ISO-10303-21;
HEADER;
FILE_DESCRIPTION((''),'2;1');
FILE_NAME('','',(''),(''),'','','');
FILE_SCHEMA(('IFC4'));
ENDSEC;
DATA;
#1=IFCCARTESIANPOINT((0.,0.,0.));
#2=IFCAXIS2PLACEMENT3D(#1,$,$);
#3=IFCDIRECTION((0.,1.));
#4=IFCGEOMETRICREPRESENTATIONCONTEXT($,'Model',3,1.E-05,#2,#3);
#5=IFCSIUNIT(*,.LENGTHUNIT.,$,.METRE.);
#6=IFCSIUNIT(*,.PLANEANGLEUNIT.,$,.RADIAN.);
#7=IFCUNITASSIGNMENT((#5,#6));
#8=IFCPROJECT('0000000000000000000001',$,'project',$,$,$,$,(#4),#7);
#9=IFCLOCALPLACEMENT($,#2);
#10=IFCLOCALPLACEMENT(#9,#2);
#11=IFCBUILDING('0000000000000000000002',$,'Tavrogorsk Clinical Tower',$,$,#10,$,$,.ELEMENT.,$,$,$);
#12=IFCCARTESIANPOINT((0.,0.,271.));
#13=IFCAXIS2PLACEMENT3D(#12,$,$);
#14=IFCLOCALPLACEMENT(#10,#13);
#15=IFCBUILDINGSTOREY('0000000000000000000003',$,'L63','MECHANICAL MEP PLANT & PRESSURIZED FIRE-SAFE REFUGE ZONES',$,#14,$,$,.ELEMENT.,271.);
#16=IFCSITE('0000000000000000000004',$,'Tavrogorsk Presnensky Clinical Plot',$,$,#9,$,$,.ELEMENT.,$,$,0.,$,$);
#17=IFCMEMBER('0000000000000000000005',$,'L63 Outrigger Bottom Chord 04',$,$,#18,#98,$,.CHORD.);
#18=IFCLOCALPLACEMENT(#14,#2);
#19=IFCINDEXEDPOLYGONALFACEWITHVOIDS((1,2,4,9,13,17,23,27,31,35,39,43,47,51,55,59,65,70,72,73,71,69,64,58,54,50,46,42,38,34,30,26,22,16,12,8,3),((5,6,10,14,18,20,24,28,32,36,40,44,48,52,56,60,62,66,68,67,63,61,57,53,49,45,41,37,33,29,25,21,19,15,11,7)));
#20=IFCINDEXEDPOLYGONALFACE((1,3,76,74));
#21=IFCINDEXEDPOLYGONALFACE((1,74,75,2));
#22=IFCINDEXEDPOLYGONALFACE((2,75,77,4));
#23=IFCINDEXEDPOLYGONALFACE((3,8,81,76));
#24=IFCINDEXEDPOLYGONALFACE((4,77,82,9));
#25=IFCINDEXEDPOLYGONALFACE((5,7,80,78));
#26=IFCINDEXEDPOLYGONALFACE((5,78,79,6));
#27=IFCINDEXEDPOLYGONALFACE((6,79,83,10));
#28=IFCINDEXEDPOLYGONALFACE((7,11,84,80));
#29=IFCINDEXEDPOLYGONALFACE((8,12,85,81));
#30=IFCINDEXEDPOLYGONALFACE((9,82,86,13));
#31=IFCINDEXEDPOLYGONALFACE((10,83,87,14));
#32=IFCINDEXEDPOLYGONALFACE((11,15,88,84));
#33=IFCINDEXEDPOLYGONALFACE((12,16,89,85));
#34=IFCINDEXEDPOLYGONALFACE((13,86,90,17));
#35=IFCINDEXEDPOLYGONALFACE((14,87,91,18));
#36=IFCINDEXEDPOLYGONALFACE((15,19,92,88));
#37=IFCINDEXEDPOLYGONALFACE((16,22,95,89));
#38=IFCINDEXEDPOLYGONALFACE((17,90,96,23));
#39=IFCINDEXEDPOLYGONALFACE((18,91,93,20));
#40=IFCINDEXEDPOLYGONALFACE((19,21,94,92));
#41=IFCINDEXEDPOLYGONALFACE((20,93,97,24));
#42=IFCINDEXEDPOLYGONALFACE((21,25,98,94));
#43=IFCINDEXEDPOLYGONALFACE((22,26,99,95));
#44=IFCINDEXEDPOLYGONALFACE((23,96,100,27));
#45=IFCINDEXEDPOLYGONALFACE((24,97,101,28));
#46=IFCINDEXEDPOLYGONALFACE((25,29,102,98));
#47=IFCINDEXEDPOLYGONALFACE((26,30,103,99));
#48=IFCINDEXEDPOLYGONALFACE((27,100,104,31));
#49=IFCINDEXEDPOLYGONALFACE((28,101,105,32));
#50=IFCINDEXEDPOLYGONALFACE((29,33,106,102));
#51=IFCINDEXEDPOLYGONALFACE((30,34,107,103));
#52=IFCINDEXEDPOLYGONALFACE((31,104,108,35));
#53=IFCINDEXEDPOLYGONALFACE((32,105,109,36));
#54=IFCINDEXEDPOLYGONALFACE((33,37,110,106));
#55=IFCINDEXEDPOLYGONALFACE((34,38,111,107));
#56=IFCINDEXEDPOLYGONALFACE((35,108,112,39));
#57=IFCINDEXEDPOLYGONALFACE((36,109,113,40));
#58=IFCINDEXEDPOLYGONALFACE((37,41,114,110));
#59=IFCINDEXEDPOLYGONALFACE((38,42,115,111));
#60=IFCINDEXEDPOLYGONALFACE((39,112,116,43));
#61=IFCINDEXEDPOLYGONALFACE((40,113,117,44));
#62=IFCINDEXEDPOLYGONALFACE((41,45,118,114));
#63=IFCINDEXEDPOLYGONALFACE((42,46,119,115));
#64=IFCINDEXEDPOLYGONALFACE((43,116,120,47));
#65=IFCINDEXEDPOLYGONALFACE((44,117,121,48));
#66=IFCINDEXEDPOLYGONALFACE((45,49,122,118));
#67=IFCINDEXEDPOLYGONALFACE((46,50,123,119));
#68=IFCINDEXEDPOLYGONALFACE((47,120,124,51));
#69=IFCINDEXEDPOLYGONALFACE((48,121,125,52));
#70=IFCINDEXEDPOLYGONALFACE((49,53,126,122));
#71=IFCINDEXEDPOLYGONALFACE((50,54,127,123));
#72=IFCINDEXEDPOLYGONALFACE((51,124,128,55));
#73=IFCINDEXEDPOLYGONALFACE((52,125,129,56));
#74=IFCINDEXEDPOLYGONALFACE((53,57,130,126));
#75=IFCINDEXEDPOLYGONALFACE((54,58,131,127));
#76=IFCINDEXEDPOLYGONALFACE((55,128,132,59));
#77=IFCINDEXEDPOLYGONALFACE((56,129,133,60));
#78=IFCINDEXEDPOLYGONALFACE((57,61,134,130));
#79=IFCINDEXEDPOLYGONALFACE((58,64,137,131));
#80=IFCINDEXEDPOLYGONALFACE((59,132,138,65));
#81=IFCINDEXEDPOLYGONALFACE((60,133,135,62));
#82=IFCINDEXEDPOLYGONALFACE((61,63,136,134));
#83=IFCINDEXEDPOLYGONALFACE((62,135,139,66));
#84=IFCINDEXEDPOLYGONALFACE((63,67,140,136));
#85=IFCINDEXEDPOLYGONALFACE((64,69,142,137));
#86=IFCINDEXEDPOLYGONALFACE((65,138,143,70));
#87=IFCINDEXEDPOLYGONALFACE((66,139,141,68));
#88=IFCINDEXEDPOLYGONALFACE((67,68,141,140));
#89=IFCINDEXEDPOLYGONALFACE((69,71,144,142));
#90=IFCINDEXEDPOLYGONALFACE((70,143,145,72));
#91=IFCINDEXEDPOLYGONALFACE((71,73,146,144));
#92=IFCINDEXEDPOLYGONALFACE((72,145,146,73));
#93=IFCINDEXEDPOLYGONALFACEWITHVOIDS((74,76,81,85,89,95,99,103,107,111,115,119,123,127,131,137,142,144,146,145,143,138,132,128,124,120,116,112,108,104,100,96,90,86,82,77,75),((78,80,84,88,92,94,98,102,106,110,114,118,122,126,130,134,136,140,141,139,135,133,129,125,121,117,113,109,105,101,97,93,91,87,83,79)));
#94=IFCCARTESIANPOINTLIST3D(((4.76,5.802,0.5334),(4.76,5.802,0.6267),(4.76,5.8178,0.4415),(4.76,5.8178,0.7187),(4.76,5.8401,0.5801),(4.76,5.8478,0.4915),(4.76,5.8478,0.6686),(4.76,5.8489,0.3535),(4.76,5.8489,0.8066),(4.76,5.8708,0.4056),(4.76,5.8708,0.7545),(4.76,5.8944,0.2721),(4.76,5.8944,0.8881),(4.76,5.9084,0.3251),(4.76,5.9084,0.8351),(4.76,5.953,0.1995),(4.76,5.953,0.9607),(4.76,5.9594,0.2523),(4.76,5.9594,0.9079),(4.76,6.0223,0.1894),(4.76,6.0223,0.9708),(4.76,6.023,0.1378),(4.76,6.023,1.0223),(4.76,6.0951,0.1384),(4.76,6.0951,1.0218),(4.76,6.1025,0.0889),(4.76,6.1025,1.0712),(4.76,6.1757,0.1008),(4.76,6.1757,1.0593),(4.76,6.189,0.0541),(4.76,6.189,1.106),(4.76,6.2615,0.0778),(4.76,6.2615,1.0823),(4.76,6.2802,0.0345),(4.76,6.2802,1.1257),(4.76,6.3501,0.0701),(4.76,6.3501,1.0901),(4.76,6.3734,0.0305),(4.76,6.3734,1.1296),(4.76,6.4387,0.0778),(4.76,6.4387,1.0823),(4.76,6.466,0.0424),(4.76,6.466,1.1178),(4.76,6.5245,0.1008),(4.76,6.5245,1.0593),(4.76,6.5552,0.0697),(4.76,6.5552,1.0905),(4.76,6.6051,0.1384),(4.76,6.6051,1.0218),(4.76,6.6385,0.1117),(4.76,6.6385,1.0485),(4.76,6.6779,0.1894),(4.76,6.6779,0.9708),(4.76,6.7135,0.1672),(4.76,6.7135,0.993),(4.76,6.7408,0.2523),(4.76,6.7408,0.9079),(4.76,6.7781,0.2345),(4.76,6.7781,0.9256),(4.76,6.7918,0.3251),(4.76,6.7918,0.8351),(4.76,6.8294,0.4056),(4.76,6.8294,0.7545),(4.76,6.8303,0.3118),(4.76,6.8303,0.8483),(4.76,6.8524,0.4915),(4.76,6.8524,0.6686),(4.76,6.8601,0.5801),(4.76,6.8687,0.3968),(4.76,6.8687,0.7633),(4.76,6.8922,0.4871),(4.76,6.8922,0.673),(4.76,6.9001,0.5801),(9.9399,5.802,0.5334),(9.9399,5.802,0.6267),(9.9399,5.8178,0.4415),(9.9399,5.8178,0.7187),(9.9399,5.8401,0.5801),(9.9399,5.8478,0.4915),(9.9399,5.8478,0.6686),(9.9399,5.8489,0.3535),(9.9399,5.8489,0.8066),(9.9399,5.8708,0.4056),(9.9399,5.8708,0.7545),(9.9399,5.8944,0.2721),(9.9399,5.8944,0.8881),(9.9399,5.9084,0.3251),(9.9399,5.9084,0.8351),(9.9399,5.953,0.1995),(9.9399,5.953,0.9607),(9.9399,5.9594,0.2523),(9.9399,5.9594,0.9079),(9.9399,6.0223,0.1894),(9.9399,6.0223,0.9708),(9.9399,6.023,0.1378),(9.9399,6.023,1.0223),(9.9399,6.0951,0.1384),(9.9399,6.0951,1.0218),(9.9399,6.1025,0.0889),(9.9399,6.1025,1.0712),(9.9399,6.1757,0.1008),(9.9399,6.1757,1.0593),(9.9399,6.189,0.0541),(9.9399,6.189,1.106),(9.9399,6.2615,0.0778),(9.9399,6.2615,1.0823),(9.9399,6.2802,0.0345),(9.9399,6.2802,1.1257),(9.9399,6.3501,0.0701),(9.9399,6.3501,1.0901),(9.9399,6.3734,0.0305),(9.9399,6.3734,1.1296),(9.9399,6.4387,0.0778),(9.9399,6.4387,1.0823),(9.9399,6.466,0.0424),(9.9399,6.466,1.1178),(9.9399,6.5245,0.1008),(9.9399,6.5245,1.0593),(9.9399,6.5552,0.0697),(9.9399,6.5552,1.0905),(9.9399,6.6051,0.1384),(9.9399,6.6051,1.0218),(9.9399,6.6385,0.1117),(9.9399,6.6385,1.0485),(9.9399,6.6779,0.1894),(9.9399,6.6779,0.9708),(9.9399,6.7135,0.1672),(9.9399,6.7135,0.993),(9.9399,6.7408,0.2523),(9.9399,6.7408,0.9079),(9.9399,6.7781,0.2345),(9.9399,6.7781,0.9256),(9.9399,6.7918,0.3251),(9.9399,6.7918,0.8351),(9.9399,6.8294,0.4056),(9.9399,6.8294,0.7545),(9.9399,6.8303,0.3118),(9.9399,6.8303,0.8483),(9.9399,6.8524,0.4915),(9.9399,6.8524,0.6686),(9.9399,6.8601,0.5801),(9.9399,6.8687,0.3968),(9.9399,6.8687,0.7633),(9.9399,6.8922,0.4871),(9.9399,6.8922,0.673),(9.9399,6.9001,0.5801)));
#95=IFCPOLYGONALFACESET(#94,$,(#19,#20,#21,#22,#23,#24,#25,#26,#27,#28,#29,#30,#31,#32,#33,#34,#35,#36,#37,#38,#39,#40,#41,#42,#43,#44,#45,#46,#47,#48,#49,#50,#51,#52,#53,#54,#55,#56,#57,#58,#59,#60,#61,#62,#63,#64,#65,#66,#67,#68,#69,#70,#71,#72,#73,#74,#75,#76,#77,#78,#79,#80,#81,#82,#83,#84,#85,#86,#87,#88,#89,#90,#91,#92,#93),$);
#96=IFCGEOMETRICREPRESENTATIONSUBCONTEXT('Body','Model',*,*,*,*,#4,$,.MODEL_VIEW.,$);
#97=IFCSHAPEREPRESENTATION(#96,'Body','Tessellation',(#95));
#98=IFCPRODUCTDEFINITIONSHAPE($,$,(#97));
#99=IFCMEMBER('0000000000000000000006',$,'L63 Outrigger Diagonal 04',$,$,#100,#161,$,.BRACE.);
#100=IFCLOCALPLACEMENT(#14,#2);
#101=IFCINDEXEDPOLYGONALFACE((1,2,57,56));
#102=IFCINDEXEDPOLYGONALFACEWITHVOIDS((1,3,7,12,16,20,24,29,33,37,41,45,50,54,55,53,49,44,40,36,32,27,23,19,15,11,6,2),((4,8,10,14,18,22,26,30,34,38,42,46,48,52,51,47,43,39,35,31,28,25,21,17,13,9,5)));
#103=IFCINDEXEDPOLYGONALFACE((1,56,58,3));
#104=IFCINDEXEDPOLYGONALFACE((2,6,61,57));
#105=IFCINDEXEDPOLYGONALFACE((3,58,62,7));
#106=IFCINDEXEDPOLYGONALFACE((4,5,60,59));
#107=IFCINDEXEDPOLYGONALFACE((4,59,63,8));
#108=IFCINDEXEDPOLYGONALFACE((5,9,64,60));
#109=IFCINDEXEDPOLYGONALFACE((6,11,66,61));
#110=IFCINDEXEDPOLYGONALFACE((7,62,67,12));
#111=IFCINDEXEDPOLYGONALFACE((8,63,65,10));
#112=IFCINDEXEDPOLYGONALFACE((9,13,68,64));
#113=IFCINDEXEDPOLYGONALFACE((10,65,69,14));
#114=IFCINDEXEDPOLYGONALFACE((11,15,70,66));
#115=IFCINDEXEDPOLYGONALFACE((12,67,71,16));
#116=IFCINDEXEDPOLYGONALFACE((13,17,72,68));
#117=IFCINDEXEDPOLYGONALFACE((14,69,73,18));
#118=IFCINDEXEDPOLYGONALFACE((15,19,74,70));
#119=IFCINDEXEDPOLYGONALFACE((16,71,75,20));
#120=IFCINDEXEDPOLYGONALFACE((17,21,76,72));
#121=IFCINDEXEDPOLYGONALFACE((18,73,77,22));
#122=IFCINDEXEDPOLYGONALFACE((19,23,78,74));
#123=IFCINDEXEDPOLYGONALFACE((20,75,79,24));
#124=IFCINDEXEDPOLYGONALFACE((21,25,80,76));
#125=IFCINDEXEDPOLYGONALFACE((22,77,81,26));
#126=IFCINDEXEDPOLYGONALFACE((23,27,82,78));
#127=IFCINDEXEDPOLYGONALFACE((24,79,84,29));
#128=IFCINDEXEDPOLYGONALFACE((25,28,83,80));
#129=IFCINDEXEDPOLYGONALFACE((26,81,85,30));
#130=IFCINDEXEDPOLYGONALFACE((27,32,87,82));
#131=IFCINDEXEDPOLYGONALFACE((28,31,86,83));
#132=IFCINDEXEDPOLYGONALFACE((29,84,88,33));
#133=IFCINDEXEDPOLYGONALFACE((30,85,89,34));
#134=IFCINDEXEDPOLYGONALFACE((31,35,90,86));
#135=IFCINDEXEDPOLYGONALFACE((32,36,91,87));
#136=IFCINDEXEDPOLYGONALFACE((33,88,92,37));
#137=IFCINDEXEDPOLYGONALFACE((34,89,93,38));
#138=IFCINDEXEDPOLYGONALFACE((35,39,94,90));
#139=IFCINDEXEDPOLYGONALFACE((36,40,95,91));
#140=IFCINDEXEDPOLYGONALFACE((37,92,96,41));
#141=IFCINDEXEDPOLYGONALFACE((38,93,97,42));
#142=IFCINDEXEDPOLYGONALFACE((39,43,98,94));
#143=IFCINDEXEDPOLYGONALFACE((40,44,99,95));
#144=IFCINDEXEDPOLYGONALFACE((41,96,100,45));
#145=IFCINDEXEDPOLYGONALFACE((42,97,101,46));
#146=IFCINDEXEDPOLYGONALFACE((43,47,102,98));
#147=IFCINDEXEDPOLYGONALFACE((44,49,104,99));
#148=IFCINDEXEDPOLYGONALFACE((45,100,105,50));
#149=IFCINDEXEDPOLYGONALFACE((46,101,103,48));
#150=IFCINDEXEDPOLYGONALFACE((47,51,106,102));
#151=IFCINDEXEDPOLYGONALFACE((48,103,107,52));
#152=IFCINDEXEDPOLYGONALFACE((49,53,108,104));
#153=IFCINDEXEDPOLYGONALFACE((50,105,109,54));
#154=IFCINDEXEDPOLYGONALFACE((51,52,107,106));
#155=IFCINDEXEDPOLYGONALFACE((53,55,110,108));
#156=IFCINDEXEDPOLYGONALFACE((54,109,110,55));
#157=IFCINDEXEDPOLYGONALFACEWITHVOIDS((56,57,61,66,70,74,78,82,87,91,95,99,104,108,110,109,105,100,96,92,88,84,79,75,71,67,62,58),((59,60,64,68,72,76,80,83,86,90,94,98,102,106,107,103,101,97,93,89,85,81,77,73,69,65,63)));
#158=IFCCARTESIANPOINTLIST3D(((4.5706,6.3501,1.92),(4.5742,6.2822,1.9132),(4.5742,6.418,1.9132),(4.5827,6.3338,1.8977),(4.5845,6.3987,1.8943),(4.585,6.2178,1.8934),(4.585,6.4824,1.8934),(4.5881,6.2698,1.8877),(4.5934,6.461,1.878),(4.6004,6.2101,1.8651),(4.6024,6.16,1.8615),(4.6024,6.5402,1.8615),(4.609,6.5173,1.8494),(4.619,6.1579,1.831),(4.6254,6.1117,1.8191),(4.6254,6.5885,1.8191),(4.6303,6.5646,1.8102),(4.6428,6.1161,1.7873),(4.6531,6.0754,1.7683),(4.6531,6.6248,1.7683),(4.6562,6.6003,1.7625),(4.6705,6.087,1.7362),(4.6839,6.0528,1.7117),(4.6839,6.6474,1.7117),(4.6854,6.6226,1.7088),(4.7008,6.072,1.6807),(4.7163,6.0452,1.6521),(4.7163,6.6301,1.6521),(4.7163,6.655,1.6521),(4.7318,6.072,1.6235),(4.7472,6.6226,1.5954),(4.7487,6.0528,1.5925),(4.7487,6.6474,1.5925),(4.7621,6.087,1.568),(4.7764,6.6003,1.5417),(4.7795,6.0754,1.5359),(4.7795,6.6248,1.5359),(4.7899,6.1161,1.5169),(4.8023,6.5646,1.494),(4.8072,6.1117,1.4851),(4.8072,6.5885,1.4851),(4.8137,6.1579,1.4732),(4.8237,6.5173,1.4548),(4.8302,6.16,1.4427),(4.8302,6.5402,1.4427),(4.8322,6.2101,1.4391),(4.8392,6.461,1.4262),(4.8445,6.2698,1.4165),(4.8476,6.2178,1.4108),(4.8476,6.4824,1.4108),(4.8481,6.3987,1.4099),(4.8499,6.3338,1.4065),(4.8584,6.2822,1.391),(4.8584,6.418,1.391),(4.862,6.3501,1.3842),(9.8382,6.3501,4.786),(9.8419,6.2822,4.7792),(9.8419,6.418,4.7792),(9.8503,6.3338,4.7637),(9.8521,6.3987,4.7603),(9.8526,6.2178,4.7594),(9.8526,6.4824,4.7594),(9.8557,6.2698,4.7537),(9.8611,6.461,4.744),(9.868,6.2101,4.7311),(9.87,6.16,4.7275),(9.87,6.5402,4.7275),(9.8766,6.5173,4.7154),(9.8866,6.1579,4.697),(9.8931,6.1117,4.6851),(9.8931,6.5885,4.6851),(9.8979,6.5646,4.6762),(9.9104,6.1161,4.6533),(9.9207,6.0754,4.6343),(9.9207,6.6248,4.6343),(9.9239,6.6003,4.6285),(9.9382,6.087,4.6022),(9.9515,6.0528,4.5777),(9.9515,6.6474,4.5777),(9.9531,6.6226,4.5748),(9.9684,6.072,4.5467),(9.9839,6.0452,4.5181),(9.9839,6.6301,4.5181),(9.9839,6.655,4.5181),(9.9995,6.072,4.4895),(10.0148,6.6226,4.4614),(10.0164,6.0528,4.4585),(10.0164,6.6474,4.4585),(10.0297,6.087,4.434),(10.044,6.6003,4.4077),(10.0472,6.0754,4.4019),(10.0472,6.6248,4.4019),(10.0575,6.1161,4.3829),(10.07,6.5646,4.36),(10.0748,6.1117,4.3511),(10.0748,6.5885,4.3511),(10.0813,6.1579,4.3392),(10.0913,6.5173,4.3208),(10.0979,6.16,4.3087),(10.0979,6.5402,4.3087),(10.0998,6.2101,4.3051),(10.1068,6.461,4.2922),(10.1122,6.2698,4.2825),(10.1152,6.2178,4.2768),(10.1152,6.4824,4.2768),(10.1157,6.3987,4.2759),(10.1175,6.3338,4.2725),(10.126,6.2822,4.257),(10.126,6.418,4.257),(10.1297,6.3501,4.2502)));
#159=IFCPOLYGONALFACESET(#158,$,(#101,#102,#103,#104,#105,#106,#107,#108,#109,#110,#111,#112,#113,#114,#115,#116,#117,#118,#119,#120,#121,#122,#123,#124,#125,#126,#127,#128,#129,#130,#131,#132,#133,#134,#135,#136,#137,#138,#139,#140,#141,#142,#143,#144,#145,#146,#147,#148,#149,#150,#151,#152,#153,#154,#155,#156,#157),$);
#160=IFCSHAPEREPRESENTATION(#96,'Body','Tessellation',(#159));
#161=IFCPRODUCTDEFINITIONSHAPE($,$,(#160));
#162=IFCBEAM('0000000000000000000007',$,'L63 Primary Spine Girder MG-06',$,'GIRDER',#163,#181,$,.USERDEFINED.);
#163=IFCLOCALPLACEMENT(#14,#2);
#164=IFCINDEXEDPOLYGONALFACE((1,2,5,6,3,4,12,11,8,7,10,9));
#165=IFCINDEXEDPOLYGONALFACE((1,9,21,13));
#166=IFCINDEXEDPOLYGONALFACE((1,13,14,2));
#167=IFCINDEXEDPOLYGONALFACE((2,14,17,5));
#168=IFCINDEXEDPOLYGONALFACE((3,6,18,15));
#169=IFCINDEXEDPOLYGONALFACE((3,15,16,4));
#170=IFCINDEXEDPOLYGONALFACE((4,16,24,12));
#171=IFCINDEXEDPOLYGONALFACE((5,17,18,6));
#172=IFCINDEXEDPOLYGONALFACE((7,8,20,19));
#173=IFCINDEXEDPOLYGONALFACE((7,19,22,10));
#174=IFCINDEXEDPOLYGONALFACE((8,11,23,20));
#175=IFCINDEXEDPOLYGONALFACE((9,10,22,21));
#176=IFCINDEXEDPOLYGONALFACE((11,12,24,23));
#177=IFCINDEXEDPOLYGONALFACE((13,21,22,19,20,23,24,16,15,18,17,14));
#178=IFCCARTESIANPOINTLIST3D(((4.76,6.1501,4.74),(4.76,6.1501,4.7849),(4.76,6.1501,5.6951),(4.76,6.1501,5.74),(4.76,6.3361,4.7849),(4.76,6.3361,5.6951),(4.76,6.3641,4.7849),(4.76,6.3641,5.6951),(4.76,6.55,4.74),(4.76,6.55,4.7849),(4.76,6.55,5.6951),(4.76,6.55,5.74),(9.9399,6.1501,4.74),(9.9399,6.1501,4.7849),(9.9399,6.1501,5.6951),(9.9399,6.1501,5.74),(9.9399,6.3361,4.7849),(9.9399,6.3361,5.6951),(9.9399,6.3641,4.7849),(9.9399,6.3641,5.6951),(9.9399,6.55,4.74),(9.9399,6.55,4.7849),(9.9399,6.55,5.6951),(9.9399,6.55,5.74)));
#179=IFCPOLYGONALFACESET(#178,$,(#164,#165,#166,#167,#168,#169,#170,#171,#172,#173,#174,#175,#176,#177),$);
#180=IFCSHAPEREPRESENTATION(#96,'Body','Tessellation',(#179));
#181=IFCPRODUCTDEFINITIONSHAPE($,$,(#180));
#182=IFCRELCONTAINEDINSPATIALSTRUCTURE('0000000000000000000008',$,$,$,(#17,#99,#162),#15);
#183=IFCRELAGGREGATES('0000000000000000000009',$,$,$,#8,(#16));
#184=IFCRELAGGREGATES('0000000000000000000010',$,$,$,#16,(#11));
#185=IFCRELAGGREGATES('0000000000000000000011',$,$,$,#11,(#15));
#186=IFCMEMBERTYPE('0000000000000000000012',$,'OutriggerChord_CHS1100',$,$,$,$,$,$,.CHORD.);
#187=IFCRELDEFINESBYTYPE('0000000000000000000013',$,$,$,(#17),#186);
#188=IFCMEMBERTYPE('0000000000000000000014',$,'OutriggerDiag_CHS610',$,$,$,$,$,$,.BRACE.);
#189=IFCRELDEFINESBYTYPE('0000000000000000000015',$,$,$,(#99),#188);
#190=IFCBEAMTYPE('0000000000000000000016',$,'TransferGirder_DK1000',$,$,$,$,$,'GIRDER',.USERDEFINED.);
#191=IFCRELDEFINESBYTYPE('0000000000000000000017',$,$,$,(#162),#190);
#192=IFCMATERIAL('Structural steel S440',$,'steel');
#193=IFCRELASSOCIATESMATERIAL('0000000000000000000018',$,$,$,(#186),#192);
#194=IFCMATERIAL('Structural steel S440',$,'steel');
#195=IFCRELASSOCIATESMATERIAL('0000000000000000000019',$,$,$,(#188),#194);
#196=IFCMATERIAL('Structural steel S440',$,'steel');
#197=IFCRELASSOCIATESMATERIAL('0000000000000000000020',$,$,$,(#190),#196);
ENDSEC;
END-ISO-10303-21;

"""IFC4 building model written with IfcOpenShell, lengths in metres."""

from ifc_helpers import new_model, si_unit, direction, frame, origin, origin_2d, place, context, subcontext, project, spatial, hollow_circle, i_section, extrude, material, material_profile, profile_set, type_object, element, save


model = new_model("IFC4")

# Units and contexts
model_context = context("Model", 3, precision=1e-05, world=origin(), true_north=direction((0.0, 1.0)))
body_context = subcontext(model_context, "Body", "Model", "MODEL_VIEW")
ifc_project = project(units=[si_unit("LENGTHUNIT", "METRE"), si_unit("PLANEANGLEUNIT", "RADIAN")], contexts=[model_context])

# Site, building, storey
site_placement = place(None, origin())
site = spatial("IfcSite", under=ifc_project, at=site_placement, Name="Tavrogorsk Presnensky Clinical Plot", CompositionType="ELEMENT", RefElevation=0.0)
building_placement = place(site_placement, origin())
building = spatial("IfcBuilding", under=site, at=building_placement, Name="Tavrogorsk Clinical Tower", CompositionType="ELEMENT")
storey_placement = place(building_placement, frame((0.0, 0.0, 271.0)))
storey = spatial("IfcBuildingStorey", under=building, at=storey_placement, Name="L63", Description="MECHANICAL MEP PLANT & PRESSURIZED FIRE-SAFE REFUGE ZONES", CompositionType="ELEMENT", Elevation=271.0)

# Members
ifc_material_1 = material(Name="Structural steel S440", Category="steel")
ifc_material_profile_1 = material_profile(ifc_material_1, hollow_circle(Radius=0.55, WallThickness=0.04, at=origin_2d()), Name="CHS-1100x40")
ifc_profile_set_1 = profile_set([ifc_material_profile_1], Name="Structural steel S440")
member_type_1 = type_object("IfcMemberType", Name="OutriggerChord_CHS1100", PredefinedType="CHORD", material=ifc_profile_set_1)
member_1_placement = place(storey_placement, frame((4.76, 6.3501, 0.5801), z_axis=(1.0, 0.0, 0.0), x_axis=(0.0, 1.0, 0.0)))
element("IfcMember", 1, at=member_1_placement, inside=storey, type_object=member_type_1, Name="L63 Outrigger Bottom Chord 04", PredefinedType="CHORD", context=body_context, shape_type="SweptSolid", body=[
    extrude(hollow_circle(Radius=0.55, WallThickness=0.04, at=origin_2d()), origin(), (0.0, 0.0, 1.0), 5.1799),
])
ifc_material_2 = material(Name="Structural steel S440", Category="steel")
ifc_material_profile_2 = material_profile(ifc_material_2, hollow_circle(Radius=0.3049, WallThickness=0.0249, at=origin_2d()), Name="CHS-610x25")
ifc_profile_set_2 = profile_set([ifc_material_profile_2], Name="Structural steel S440")
member_type_2 = type_object("IfcMemberType", Name="OutriggerDiag_CHS610", PredefinedType="BRACE", material=ifc_profile_set_2)
member_2_placement = place(storey_placement, frame((4.7163, 6.3501, 1.6521), z_axis=(0.878404, 0.0, 0.477919), x_axis=(0.0, 1.0, 0.0)))
element("IfcMember", 2, at=member_2_placement, inside=storey, type_object=member_type_2, Name="L63 Outrigger Diagonal 04", PredefinedType="BRACE", context=body_context, shape_type="SweptSolid", body=[
    extrude(hollow_circle(Radius=0.3049, WallThickness=0.0249, at=origin_2d()), origin(), (0.0, 0.0, 1.0), 5.9968),
])

# Beam
ifc_material_3 = material(Name="Structural steel S440", Category="steel")
ifc_material_profile_3 = material_profile(ifc_material_3, i_section(OverallWidth=0.3999, OverallDepth=1.0, WebThickness=0.0281, FlangeThickness=0.0449, at=origin_2d()), Name="DK-1000x400x28x45")
ifc_profile_set_3 = profile_set([ifc_material_profile_3], Name="Structural steel S440")
beam_type_1 = type_object("IfcBeamType", Name="TransferGirder_DK1000", ElementType="GIRDER", PredefinedType="USERDEFINED", material=ifc_profile_set_3)
beam_1_placement = place(storey_placement, frame((4.76, 6.3501, 5.24), z_axis=(1.0, 0.0, 0.0), x_axis=(0.0, 1.0, 0.0)))
element("IfcBeam", 3, at=beam_1_placement, inside=storey, type_object=beam_type_1, Name="L63 Primary Spine Girder MG-06", ObjectType="GIRDER", PredefinedType="USERDEFINED", context=body_context, shape_type="SweptSolid", body=[
    extrude(i_section(OverallWidth=0.3999, OverallDepth=1.0, WebThickness=0.0281, FlangeThickness=0.0449, at=origin_2d()), origin(), (0.0, 0.0, 1.0), 5.1799),
])

save(model, "model.ifc")
